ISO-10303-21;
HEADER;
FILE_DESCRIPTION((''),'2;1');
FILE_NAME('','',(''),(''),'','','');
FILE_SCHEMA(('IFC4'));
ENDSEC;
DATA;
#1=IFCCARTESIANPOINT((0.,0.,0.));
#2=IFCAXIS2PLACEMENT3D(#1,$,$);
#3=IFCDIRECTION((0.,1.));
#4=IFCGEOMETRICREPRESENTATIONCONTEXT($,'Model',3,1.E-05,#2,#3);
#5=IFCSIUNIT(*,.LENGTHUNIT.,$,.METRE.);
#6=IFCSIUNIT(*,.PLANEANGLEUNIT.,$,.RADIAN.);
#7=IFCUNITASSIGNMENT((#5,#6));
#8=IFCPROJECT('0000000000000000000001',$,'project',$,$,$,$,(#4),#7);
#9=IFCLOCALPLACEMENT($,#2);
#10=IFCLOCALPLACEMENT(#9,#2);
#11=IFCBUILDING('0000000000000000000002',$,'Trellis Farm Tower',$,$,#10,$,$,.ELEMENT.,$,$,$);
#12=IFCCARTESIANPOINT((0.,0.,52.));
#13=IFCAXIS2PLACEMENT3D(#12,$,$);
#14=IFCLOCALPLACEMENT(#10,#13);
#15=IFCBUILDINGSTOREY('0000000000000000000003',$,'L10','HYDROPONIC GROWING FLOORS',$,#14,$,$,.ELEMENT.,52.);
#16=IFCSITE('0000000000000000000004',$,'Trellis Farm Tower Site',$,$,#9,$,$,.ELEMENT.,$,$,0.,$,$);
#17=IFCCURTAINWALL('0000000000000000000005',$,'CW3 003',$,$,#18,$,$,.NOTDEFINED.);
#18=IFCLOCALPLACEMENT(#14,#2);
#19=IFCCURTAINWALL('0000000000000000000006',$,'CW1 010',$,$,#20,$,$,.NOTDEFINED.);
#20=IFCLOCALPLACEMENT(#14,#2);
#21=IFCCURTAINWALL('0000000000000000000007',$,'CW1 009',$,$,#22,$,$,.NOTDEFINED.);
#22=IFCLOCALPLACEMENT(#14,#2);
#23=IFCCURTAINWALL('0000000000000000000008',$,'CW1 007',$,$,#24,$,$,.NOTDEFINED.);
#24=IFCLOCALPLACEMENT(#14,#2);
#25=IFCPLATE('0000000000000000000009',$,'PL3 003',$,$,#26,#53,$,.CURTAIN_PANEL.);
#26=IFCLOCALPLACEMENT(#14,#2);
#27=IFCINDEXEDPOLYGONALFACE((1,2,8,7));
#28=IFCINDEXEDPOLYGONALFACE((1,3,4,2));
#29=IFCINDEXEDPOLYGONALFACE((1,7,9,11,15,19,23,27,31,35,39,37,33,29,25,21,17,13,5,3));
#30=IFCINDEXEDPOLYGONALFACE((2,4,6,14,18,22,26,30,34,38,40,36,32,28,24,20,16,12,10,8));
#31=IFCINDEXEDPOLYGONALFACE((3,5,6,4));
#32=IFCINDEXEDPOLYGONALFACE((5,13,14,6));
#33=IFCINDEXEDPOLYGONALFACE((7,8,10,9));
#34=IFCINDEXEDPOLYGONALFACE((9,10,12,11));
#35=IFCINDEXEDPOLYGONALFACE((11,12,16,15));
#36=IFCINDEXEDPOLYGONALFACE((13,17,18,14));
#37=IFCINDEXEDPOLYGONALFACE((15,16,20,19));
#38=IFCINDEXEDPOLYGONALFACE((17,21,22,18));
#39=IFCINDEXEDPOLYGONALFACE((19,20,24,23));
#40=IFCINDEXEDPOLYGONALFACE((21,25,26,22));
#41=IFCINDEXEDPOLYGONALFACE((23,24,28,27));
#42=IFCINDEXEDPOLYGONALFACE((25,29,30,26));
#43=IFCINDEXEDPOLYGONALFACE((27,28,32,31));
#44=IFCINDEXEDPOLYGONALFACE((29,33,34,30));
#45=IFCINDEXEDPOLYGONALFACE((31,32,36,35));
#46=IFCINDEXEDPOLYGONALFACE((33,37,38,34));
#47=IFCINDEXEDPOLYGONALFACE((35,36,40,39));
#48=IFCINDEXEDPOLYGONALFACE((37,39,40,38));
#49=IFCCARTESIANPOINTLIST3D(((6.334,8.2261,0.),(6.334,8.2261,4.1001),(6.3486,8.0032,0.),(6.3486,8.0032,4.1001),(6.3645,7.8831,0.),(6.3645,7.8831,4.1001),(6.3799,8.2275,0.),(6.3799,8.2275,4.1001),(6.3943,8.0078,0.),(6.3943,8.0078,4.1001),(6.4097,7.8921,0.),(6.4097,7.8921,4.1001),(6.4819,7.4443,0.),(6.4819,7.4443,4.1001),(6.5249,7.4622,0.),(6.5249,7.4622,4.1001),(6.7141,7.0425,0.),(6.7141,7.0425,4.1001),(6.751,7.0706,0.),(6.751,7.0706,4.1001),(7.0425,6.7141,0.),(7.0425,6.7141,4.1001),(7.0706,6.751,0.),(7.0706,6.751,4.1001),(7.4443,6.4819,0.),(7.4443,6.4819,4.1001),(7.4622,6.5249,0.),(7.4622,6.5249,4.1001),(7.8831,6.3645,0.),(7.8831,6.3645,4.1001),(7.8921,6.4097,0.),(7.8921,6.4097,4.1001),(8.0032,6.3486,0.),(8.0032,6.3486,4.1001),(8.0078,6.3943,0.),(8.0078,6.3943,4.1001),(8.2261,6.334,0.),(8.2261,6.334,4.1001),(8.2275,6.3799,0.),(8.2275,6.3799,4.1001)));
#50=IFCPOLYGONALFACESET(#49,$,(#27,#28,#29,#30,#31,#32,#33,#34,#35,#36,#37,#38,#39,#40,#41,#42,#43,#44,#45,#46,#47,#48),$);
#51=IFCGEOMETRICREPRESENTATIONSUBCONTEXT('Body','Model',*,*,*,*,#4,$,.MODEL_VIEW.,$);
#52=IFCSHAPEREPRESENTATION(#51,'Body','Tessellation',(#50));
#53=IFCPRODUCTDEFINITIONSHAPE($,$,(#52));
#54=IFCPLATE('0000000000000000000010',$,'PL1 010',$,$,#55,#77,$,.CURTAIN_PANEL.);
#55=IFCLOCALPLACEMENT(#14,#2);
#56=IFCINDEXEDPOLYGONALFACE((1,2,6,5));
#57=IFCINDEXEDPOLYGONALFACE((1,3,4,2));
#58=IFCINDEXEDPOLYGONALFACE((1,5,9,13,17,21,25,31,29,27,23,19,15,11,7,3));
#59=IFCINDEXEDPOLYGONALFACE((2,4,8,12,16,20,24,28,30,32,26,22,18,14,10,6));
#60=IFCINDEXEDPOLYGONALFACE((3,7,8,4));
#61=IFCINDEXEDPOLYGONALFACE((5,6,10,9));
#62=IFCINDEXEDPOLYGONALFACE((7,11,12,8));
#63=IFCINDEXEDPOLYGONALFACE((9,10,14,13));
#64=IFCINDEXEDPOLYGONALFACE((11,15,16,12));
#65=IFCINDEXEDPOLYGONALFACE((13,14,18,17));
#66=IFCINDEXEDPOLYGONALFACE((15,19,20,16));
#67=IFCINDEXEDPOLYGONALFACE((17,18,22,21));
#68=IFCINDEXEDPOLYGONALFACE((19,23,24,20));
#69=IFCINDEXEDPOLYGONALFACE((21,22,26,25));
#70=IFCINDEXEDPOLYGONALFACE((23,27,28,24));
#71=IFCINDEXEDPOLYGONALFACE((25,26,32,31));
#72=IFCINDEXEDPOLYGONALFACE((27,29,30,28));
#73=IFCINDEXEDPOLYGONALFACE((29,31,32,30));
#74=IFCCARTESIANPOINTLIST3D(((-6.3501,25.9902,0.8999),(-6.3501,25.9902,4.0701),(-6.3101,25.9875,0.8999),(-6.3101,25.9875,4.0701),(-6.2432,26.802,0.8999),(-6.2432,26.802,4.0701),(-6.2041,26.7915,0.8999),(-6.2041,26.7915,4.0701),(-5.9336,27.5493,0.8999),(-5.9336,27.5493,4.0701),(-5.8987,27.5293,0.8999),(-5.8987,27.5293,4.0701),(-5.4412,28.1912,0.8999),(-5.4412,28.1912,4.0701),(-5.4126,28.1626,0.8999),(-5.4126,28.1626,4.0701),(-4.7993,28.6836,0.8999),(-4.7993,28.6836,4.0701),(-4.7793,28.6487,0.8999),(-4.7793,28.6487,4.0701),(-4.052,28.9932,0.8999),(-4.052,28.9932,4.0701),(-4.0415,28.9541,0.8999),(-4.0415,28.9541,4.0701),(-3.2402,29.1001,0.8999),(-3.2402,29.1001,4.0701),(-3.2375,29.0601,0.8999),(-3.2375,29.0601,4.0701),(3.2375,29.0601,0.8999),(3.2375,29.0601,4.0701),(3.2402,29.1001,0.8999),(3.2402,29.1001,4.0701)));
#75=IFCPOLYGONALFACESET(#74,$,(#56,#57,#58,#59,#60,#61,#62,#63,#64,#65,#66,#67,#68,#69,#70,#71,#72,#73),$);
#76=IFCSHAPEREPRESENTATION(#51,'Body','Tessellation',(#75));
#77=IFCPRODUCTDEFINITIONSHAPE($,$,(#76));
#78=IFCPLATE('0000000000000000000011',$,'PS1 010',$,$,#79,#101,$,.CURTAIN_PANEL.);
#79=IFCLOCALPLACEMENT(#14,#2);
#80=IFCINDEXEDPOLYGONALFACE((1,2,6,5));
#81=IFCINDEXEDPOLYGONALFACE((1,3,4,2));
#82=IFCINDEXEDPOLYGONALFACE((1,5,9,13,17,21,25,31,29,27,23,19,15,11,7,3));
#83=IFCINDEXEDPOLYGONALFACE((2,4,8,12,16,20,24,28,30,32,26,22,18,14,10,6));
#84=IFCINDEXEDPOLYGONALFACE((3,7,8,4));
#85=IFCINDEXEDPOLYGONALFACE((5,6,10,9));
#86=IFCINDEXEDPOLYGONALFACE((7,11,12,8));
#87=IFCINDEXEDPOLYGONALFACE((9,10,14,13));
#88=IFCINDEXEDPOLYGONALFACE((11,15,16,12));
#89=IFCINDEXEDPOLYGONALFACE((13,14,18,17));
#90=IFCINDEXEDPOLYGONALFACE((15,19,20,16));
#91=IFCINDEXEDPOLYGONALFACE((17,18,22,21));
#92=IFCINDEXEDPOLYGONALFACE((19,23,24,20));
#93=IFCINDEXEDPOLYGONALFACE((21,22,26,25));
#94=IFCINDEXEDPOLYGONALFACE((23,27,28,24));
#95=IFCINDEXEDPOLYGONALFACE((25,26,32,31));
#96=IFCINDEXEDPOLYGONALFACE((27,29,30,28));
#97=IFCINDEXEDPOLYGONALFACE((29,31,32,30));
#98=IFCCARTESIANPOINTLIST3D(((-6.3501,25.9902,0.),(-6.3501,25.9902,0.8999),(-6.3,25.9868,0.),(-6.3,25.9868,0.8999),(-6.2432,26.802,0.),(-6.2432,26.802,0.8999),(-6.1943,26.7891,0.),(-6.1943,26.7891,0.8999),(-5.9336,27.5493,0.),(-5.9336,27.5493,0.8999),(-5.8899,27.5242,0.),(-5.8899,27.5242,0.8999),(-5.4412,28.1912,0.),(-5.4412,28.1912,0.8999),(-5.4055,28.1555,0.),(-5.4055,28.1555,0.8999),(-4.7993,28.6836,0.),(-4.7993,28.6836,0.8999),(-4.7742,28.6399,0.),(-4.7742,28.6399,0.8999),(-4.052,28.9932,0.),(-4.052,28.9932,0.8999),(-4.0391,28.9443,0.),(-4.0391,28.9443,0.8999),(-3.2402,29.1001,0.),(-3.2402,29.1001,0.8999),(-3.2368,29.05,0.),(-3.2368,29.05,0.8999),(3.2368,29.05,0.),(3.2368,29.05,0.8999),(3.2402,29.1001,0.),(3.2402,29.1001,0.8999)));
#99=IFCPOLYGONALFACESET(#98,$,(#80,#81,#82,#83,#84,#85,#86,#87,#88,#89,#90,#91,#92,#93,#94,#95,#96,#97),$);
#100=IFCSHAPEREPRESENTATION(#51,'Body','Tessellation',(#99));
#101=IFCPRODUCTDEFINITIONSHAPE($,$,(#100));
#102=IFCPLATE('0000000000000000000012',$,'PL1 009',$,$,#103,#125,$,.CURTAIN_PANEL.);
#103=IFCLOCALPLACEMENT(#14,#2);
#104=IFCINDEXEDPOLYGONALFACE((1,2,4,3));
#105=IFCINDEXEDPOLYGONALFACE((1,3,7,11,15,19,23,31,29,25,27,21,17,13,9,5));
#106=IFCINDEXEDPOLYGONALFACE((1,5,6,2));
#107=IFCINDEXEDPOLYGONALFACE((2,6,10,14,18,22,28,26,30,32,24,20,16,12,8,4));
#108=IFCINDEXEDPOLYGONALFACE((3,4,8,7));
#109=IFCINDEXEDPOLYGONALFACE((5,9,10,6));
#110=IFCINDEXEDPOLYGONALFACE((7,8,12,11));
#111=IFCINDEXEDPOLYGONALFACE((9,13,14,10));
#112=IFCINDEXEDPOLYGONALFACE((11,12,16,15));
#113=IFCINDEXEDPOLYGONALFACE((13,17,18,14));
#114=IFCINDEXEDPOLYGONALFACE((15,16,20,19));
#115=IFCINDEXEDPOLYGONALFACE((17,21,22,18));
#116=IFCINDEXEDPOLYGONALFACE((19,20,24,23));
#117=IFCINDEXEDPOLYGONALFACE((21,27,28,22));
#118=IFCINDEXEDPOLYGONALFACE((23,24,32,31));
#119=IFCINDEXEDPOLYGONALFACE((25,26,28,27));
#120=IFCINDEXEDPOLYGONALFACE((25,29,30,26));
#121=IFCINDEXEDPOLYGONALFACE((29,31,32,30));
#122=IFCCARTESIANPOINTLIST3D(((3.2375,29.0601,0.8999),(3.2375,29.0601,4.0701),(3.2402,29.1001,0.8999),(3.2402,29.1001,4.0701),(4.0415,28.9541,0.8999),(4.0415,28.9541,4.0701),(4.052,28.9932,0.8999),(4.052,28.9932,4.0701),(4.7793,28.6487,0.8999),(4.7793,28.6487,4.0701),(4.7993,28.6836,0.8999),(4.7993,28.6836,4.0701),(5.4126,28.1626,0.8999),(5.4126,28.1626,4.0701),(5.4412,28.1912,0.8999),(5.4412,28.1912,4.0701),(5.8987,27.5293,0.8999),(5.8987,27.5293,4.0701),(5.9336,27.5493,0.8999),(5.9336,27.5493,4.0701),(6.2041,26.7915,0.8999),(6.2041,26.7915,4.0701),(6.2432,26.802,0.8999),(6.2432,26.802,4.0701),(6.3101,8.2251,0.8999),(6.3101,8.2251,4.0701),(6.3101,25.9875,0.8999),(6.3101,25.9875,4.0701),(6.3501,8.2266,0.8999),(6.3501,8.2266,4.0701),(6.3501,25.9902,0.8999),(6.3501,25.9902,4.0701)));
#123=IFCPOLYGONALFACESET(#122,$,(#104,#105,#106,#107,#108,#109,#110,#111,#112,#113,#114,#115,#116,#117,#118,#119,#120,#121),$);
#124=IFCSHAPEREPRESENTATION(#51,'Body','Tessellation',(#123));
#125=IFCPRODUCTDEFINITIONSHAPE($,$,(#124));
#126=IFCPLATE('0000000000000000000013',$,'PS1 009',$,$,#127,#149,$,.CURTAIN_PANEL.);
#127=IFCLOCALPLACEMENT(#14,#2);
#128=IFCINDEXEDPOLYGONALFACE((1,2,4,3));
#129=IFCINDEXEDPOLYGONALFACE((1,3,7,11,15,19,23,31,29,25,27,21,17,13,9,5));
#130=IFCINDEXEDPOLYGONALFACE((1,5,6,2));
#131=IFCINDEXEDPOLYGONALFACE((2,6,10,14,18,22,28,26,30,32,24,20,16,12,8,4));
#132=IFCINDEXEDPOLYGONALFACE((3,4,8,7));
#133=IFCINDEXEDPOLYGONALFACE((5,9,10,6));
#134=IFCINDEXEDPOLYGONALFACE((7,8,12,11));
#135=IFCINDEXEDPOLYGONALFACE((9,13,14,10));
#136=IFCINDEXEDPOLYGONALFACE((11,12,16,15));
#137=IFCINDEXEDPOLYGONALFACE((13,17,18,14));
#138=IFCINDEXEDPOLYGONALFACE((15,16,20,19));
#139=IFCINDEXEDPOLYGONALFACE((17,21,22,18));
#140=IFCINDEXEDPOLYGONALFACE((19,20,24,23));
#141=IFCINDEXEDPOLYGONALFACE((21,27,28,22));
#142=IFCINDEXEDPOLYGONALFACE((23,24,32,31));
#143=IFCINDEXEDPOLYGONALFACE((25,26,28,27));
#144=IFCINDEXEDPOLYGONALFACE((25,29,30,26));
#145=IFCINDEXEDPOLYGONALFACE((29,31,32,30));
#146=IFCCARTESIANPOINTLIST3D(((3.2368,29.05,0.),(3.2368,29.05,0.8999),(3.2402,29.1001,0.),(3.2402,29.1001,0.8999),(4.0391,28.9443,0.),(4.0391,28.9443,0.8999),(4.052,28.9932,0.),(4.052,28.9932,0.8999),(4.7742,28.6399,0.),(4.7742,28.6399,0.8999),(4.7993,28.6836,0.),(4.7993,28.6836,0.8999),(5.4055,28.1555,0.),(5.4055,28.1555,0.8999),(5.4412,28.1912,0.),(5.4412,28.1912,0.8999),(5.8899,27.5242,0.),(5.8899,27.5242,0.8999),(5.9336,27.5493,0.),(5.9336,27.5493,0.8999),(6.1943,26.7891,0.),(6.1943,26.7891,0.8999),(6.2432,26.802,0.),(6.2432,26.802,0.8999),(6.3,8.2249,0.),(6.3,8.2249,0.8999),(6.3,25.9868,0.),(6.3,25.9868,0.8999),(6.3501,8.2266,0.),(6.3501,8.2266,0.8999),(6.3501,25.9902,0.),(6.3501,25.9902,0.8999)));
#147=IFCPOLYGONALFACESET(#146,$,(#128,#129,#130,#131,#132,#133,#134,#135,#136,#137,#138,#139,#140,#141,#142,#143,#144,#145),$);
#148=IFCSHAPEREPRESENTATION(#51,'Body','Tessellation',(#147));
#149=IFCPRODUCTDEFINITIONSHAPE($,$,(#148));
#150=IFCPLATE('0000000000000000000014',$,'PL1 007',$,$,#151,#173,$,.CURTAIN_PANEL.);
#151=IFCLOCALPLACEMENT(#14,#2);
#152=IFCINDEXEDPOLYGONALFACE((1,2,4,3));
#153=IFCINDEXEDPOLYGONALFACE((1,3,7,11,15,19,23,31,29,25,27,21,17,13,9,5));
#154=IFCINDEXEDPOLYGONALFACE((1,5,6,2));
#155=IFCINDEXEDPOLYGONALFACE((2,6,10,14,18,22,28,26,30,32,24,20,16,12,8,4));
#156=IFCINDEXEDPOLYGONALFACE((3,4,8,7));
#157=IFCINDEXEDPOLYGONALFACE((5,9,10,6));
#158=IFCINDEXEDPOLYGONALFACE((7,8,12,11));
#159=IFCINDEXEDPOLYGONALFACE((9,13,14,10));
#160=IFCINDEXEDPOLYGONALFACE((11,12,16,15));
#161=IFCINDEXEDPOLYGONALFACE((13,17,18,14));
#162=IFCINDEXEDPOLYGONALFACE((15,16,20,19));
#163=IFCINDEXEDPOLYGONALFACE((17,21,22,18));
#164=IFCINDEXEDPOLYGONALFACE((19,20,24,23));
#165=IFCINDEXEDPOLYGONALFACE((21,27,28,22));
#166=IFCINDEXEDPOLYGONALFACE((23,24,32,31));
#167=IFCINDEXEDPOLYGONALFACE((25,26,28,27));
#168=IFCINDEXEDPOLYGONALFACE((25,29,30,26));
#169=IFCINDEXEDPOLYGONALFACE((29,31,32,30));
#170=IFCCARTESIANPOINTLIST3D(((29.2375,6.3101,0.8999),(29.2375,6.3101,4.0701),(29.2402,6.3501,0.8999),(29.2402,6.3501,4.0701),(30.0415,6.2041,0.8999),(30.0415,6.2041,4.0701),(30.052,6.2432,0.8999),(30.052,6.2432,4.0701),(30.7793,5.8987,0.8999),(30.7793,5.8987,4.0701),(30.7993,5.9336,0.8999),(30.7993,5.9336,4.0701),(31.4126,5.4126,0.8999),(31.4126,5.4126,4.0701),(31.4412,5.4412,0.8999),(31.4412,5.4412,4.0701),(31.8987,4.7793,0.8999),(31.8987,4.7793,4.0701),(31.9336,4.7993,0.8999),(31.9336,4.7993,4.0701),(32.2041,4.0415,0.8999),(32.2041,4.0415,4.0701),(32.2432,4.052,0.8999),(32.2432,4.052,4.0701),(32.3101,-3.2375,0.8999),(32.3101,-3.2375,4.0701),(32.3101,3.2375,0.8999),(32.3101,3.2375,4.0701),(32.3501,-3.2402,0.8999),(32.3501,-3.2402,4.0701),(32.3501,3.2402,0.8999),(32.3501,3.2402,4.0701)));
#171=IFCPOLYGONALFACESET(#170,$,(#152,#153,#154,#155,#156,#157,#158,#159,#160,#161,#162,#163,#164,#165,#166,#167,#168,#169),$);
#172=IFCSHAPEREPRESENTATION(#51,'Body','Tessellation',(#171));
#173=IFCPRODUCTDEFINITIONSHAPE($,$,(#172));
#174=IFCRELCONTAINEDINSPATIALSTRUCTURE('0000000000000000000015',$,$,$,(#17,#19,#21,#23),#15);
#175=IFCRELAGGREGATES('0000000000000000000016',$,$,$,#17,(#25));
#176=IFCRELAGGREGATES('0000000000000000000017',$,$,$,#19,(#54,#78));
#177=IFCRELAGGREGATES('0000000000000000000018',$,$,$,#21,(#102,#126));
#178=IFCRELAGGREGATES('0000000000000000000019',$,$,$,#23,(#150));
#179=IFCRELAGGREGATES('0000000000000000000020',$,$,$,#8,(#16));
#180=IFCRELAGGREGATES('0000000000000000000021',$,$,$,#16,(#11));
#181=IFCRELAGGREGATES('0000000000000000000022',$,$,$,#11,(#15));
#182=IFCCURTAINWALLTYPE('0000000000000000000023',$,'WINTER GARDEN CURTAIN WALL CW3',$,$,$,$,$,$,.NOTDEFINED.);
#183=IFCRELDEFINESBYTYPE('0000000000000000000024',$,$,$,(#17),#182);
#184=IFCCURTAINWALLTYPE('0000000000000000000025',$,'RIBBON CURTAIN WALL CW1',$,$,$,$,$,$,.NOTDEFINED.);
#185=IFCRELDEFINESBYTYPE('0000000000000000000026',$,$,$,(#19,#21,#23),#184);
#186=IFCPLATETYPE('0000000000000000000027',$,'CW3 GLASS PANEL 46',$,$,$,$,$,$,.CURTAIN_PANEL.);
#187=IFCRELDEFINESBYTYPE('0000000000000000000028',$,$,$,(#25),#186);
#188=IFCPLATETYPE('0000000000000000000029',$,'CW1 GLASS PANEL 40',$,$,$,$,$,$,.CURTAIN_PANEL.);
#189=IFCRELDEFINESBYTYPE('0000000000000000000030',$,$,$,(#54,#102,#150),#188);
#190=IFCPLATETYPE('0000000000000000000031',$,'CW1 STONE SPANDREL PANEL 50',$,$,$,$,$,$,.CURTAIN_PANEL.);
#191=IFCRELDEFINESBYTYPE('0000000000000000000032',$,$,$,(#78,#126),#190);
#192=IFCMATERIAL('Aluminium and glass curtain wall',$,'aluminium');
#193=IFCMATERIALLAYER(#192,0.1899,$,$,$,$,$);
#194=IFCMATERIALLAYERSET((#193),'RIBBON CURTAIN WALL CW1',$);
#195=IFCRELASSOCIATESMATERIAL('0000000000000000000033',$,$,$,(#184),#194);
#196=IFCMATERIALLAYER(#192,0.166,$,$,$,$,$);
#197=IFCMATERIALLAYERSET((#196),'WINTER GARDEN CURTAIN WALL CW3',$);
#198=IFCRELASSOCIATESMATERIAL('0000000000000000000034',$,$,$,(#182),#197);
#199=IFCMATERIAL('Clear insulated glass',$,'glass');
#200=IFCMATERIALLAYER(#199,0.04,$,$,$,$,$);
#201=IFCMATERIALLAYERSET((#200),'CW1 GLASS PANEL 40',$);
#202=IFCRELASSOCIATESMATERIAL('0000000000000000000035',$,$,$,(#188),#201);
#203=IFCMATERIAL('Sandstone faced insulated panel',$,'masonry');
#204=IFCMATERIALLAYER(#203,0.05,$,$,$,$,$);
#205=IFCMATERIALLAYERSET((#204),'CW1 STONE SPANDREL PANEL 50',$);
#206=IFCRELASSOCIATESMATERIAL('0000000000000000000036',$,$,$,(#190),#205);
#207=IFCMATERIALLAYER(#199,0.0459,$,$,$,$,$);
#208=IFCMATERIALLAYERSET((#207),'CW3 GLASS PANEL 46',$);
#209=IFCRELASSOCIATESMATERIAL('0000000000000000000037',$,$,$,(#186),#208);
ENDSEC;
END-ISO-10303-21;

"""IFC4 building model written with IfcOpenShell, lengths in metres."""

from ifc_helpers import new_model, si_unit, direction, frame, origin, place, context, subcontext, project, spatial, polyline, outline, extrude, source, transform, mapped, material, layer, layer_set, type_object, element, aggregate, save


model = new_model("IFC4")

# Units and contexts
model_context = context("Model", 3, precision=1e-05, world=origin(), true_north=direction((0.0, 1.0)))
body_context = subcontext(model_context, "Body", "Model", "MODEL_VIEW")
ifc_project = project(units=[si_unit("LENGTHUNIT", "METRE"), si_unit("PLANEANGLEUNIT", "RADIAN")], contexts=[model_context])

# Site, building, storey
site_placement = place(None, origin())
site = spatial("IfcSite", under=ifc_project, at=site_placement, Name="Trellis Farm Tower Site", CompositionType="ELEMENT", RefElevation=0.0)
building_placement = place(site_placement, origin())
building = spatial("IfcBuilding", under=site, at=building_placement, Name="Trellis Farm Tower", CompositionType="ELEMENT")
storey_placement = place(building_placement, frame((0.0, 0.0, 52.0)))
storey = spatial("IfcBuildingStorey", under=building, at=storey_placement, Name="L10", Description="HYDROPONIC GROWING FLOORS", CompositionType="ELEMENT", Elevation=52.0)

# Curtain walls
ifc_material_1 = material(Name="Aluminium and glass curtain wall", Category="aluminium")
ifc_layer_1 = layer(ifc_material_1, 0.1899)
ifc_layer_set_1 = layer_set([ifc_layer_1], Name="RIBBON CURTAIN WALL CW1")
curtain_wall_type_1 = type_object("IfcCurtainWallType", Name="RIBBON CURTAIN WALL CW1", PredefinedType="NOTDEFINED", material=ifc_layer_set_1)
placement_1 = place(storey_placement, origin())
ifc_layer_2 = layer(ifc_material_1, 0.166)
ifc_layer_set_2 = layer_set([ifc_layer_2], Name="WINTER GARDEN CURTAIN WALL CW3")
curtain_wall_type_2 = type_object("IfcCurtainWallType", Name="WINTER GARDEN CURTAIN WALL CW3", PredefinedType="NOTDEFINED", material=ifc_layer_set_2)
curtain_wall_1 = element("IfcCurtainWall", 1, at=placement_1, inside=storey, type_object=curtain_wall_type_2, Name="CW3 003", PredefinedType="NOTDEFINED")
curtain_wall_2 = element("IfcCurtainWall", 2, at=placement_1, inside=storey, type_object=curtain_wall_type_1, Name="CW1 010", PredefinedType="NOTDEFINED")
curtain_wall_3 = element("IfcCurtainWall", 3, at=placement_1, inside=storey, type_object=curtain_wall_type_1, Name="CW1 009", PredefinedType="NOTDEFINED")
curtain_wall_4 = element("IfcCurtainWall", 4, at=placement_1, inside=storey, type_object=curtain_wall_type_1, Name="CW1 007", PredefinedType="NOTDEFINED")

# Plates
ifc_material_2 = material(Name="Clear insulated glass", Category="glass")
ifc_layer_3 = layer(ifc_material_2, 0.04)
ifc_layer_set_3 = layer_set([ifc_layer_3], Name="CW1 GLASS PANEL 40")
plate_type_1 = type_object("IfcPlateType", Name="CW1 GLASS PANEL 40", PredefinedType="CURTAIN_PANEL", material=ifc_layer_set_3)
placement_2 = place(storey_placement, frame((0.0, 0.0, 0.8999)))
ifc_material_3 = material(Name="Sandstone faced insulated panel", Category="masonry")
ifc_layer_4 = layer(ifc_material_3, 0.05)
ifc_layer_set_4 = layer_set([ifc_layer_4], Name="CW1 STONE SPANDREL PANEL 50")
plate_type_2 = type_object("IfcPlateType", Name="CW1 STONE SPANDREL PANEL 50", PredefinedType="CURTAIN_PANEL", material=ifc_layer_set_4)
ifc_layer_5 = layer(ifc_material_2, 0.0459)
ifc_layer_set_5 = layer_set([ifc_layer_5], Name="CW3 GLASS PANEL 46")
plate_type_3 = type_object("IfcPlateType", Name="CW3 GLASS PANEL 46", PredefinedType="CURTAIN_PANEL", material=ifc_layer_set_5)
shared_shape_1 = source(origin(), body_context, "Body", "SweptSolid", [
    extrude(outline(polyline([(8.2275, 6.3799), (8.0078, 6.3943), (7.8921, 6.4097), (7.4622, 6.5249), (7.0706, 6.751), (6.751, 7.0706), (6.5249, 7.4622), (6.4097, 7.8921), (6.3943, 8.0078), (6.3799, 8.2275), (6.334, 8.2261), (6.3486, 8.0032), (6.3645, 7.8831), (6.4819, 7.4443), (6.7141, 7.0425), (7.0425, 6.7141), (7.4443, 6.4819), (7.8831, 6.3645), (8.0032, 6.3486), (8.2261, 6.334), (8.2275, 6.3799)])), origin(), (0.0, 0.0, 1.0), 4.1001),
])
plate_1 = element("IfcPlate", 5, at=placement_1, type_object=plate_type_3, Name="PL3 003", PredefinedType="CURTAIN_PANEL", context=body_context, shape_type="MappedRepresentation", body=[
    mapped(shared_shape_1, transform((0.0, 0.0, 0.0))),
])
aggregate(curtain_wall_1, [plate_1])
shared_shape_2 = source(origin(), body_context, "Body", "SweptSolid", [
    extrude(outline(polyline([(3.2402, 29.1001), (-3.2402, 29.1001), (-4.052, 28.9932), (-4.7993, 28.6836), (-5.4412, 28.1912), (-5.9336, 27.5493), (-6.2432, 26.802), (-6.3501, 25.9902), (-6.3101, 25.9875), (-6.2041, 26.7915), (-5.8987, 27.5293), (-5.4126, 28.1626), (-4.7793, 28.6487), (-4.0415, 28.9541), (-3.2375, 29.0601), (3.2375, 29.0601), (3.2402, 29.1001)])), origin(), (0.0, 0.0, 1.0), 3.1702),
])
plate_2 = element("IfcPlate", 6, at=placement_2, type_object=plate_type_1, Name="PL1 010", PredefinedType="CURTAIN_PANEL", context=body_context, shape_type="MappedRepresentation", body=[
    mapped(shared_shape_2, transform((0.0, 0.0, 0.0))),
])
shared_shape_3 = source(origin(), body_context, "Body", "SweptSolid", [
    extrude(outline(polyline([(3.2402, 29.1001), (-3.2402, 29.1001), (-4.052, 28.9932), (-4.7993, 28.6836), (-5.4412, 28.1912), (-5.9336, 27.5493), (-6.2432, 26.802), (-6.3501, 25.9902), (-6.3, 25.9868), (-6.1943, 26.7891), (-5.8899, 27.5242), (-5.4055, 28.1555), (-4.7742, 28.6399), (-4.0391, 28.9443), (-3.2368, 29.05), (3.2368, 29.05), (3.2402, 29.1001)])), origin(), (0.0, 0.0, 1.0), 0.8999),
])
plate_3 = element("IfcPlate", 7, at=placement_1, type_object=plate_type_2, Name="PS1 010", PredefinedType="CURTAIN_PANEL", context=body_context, shape_type="MappedRepresentation", body=[
    mapped(shared_shape_3, transform((0.0, 0.0, 0.0))),
])
aggregate(curtain_wall_2, [plate_2, plate_3])
shared_shape_4 = source(origin(), body_context, "Body", "SweptSolid", [
    extrude(outline(polyline([(6.3501, 8.2266), (6.3501, 25.9902), (6.2432, 26.802), (5.9336, 27.5493), (5.4412, 28.1912), (4.7993, 28.6836), (4.052, 28.9932), (3.2402, 29.1001), (3.2375, 29.0601), (4.0415, 28.9541), (4.7793, 28.6487), (5.4126, 28.1626), (5.8987, 27.5293), (6.2041, 26.7915), (6.3101, 25.9875), (6.3101, 8.2251), (6.3501, 8.2266)])), origin(), (0.0, 0.0, 1.0), 3.1702),
])
plate_4 = element("IfcPlate", 8, at=placement_2, type_object=plate_type_1, Name="PL1 009", PredefinedType="CURTAIN_PANEL", context=body_context, shape_type="MappedRepresentation", body=[
    mapped(shared_shape_4, transform((0.0, 0.0, 0.0))),
])
shared_shape_5 = source(origin(), body_context, "Body", "SweptSolid", [
    extrude(outline(polyline([(6.3501, 8.2266), (6.3501, 25.9902), (6.2432, 26.802), (5.9336, 27.5493), (5.4412, 28.1912), (4.7993, 28.6836), (4.052, 28.9932), (3.2402, 29.1001), (3.2368, 29.05), (4.0391, 28.9443), (4.7742, 28.6399), (5.4055, 28.1555), (5.8899, 27.5242), (6.1943, 26.7891), (6.3, 25.9868), (6.3, 8.2249), (6.3501, 8.2266)])), origin(), (0.0, 0.0, 1.0), 0.8999),
])
plate_5 = element("IfcPlate", 9, at=placement_1, type_object=plate_type_2, Name="PS1 009", PredefinedType="CURTAIN_PANEL", context=body_context, shape_type="MappedRepresentation", body=[
    mapped(shared_shape_5, transform((0.0, 0.0, 0.0))),
])
aggregate(curtain_wall_3, [plate_4, plate_5])
shared_shape_6 = source(origin(), body_context, "Body", "SweptSolid", [
    extrude(outline(polyline([(32.3501, -3.2402), (32.3501, 3.2402), (32.2432, 4.052), (31.9336, 4.7993), (31.4412, 5.4412), (30.7993, 5.9336), (30.052, 6.2432), (29.2402, 6.3501), (29.2375, 6.3101), (30.0415, 6.2041), (30.7793, 5.8987), (31.4126, 5.4126), (31.8987, 4.7793), (32.2041, 4.0415), (32.3101, 3.2375), (32.3101, -3.2375), (32.3501, -3.2402)])), origin(), (0.0, 0.0, 1.0), 3.1702),
])
plate_6 = element("IfcPlate", 10, at=placement_2, type_object=plate_type_1, Name="PL1 007", PredefinedType="CURTAIN_PANEL", context=body_context, shape_type="MappedRepresentation", body=[
    mapped(shared_shape_6, transform((0.0, 0.0, 0.0))),
])
aggregate(curtain_wall_4, [plate_6])

save(model, "model.ifc")
